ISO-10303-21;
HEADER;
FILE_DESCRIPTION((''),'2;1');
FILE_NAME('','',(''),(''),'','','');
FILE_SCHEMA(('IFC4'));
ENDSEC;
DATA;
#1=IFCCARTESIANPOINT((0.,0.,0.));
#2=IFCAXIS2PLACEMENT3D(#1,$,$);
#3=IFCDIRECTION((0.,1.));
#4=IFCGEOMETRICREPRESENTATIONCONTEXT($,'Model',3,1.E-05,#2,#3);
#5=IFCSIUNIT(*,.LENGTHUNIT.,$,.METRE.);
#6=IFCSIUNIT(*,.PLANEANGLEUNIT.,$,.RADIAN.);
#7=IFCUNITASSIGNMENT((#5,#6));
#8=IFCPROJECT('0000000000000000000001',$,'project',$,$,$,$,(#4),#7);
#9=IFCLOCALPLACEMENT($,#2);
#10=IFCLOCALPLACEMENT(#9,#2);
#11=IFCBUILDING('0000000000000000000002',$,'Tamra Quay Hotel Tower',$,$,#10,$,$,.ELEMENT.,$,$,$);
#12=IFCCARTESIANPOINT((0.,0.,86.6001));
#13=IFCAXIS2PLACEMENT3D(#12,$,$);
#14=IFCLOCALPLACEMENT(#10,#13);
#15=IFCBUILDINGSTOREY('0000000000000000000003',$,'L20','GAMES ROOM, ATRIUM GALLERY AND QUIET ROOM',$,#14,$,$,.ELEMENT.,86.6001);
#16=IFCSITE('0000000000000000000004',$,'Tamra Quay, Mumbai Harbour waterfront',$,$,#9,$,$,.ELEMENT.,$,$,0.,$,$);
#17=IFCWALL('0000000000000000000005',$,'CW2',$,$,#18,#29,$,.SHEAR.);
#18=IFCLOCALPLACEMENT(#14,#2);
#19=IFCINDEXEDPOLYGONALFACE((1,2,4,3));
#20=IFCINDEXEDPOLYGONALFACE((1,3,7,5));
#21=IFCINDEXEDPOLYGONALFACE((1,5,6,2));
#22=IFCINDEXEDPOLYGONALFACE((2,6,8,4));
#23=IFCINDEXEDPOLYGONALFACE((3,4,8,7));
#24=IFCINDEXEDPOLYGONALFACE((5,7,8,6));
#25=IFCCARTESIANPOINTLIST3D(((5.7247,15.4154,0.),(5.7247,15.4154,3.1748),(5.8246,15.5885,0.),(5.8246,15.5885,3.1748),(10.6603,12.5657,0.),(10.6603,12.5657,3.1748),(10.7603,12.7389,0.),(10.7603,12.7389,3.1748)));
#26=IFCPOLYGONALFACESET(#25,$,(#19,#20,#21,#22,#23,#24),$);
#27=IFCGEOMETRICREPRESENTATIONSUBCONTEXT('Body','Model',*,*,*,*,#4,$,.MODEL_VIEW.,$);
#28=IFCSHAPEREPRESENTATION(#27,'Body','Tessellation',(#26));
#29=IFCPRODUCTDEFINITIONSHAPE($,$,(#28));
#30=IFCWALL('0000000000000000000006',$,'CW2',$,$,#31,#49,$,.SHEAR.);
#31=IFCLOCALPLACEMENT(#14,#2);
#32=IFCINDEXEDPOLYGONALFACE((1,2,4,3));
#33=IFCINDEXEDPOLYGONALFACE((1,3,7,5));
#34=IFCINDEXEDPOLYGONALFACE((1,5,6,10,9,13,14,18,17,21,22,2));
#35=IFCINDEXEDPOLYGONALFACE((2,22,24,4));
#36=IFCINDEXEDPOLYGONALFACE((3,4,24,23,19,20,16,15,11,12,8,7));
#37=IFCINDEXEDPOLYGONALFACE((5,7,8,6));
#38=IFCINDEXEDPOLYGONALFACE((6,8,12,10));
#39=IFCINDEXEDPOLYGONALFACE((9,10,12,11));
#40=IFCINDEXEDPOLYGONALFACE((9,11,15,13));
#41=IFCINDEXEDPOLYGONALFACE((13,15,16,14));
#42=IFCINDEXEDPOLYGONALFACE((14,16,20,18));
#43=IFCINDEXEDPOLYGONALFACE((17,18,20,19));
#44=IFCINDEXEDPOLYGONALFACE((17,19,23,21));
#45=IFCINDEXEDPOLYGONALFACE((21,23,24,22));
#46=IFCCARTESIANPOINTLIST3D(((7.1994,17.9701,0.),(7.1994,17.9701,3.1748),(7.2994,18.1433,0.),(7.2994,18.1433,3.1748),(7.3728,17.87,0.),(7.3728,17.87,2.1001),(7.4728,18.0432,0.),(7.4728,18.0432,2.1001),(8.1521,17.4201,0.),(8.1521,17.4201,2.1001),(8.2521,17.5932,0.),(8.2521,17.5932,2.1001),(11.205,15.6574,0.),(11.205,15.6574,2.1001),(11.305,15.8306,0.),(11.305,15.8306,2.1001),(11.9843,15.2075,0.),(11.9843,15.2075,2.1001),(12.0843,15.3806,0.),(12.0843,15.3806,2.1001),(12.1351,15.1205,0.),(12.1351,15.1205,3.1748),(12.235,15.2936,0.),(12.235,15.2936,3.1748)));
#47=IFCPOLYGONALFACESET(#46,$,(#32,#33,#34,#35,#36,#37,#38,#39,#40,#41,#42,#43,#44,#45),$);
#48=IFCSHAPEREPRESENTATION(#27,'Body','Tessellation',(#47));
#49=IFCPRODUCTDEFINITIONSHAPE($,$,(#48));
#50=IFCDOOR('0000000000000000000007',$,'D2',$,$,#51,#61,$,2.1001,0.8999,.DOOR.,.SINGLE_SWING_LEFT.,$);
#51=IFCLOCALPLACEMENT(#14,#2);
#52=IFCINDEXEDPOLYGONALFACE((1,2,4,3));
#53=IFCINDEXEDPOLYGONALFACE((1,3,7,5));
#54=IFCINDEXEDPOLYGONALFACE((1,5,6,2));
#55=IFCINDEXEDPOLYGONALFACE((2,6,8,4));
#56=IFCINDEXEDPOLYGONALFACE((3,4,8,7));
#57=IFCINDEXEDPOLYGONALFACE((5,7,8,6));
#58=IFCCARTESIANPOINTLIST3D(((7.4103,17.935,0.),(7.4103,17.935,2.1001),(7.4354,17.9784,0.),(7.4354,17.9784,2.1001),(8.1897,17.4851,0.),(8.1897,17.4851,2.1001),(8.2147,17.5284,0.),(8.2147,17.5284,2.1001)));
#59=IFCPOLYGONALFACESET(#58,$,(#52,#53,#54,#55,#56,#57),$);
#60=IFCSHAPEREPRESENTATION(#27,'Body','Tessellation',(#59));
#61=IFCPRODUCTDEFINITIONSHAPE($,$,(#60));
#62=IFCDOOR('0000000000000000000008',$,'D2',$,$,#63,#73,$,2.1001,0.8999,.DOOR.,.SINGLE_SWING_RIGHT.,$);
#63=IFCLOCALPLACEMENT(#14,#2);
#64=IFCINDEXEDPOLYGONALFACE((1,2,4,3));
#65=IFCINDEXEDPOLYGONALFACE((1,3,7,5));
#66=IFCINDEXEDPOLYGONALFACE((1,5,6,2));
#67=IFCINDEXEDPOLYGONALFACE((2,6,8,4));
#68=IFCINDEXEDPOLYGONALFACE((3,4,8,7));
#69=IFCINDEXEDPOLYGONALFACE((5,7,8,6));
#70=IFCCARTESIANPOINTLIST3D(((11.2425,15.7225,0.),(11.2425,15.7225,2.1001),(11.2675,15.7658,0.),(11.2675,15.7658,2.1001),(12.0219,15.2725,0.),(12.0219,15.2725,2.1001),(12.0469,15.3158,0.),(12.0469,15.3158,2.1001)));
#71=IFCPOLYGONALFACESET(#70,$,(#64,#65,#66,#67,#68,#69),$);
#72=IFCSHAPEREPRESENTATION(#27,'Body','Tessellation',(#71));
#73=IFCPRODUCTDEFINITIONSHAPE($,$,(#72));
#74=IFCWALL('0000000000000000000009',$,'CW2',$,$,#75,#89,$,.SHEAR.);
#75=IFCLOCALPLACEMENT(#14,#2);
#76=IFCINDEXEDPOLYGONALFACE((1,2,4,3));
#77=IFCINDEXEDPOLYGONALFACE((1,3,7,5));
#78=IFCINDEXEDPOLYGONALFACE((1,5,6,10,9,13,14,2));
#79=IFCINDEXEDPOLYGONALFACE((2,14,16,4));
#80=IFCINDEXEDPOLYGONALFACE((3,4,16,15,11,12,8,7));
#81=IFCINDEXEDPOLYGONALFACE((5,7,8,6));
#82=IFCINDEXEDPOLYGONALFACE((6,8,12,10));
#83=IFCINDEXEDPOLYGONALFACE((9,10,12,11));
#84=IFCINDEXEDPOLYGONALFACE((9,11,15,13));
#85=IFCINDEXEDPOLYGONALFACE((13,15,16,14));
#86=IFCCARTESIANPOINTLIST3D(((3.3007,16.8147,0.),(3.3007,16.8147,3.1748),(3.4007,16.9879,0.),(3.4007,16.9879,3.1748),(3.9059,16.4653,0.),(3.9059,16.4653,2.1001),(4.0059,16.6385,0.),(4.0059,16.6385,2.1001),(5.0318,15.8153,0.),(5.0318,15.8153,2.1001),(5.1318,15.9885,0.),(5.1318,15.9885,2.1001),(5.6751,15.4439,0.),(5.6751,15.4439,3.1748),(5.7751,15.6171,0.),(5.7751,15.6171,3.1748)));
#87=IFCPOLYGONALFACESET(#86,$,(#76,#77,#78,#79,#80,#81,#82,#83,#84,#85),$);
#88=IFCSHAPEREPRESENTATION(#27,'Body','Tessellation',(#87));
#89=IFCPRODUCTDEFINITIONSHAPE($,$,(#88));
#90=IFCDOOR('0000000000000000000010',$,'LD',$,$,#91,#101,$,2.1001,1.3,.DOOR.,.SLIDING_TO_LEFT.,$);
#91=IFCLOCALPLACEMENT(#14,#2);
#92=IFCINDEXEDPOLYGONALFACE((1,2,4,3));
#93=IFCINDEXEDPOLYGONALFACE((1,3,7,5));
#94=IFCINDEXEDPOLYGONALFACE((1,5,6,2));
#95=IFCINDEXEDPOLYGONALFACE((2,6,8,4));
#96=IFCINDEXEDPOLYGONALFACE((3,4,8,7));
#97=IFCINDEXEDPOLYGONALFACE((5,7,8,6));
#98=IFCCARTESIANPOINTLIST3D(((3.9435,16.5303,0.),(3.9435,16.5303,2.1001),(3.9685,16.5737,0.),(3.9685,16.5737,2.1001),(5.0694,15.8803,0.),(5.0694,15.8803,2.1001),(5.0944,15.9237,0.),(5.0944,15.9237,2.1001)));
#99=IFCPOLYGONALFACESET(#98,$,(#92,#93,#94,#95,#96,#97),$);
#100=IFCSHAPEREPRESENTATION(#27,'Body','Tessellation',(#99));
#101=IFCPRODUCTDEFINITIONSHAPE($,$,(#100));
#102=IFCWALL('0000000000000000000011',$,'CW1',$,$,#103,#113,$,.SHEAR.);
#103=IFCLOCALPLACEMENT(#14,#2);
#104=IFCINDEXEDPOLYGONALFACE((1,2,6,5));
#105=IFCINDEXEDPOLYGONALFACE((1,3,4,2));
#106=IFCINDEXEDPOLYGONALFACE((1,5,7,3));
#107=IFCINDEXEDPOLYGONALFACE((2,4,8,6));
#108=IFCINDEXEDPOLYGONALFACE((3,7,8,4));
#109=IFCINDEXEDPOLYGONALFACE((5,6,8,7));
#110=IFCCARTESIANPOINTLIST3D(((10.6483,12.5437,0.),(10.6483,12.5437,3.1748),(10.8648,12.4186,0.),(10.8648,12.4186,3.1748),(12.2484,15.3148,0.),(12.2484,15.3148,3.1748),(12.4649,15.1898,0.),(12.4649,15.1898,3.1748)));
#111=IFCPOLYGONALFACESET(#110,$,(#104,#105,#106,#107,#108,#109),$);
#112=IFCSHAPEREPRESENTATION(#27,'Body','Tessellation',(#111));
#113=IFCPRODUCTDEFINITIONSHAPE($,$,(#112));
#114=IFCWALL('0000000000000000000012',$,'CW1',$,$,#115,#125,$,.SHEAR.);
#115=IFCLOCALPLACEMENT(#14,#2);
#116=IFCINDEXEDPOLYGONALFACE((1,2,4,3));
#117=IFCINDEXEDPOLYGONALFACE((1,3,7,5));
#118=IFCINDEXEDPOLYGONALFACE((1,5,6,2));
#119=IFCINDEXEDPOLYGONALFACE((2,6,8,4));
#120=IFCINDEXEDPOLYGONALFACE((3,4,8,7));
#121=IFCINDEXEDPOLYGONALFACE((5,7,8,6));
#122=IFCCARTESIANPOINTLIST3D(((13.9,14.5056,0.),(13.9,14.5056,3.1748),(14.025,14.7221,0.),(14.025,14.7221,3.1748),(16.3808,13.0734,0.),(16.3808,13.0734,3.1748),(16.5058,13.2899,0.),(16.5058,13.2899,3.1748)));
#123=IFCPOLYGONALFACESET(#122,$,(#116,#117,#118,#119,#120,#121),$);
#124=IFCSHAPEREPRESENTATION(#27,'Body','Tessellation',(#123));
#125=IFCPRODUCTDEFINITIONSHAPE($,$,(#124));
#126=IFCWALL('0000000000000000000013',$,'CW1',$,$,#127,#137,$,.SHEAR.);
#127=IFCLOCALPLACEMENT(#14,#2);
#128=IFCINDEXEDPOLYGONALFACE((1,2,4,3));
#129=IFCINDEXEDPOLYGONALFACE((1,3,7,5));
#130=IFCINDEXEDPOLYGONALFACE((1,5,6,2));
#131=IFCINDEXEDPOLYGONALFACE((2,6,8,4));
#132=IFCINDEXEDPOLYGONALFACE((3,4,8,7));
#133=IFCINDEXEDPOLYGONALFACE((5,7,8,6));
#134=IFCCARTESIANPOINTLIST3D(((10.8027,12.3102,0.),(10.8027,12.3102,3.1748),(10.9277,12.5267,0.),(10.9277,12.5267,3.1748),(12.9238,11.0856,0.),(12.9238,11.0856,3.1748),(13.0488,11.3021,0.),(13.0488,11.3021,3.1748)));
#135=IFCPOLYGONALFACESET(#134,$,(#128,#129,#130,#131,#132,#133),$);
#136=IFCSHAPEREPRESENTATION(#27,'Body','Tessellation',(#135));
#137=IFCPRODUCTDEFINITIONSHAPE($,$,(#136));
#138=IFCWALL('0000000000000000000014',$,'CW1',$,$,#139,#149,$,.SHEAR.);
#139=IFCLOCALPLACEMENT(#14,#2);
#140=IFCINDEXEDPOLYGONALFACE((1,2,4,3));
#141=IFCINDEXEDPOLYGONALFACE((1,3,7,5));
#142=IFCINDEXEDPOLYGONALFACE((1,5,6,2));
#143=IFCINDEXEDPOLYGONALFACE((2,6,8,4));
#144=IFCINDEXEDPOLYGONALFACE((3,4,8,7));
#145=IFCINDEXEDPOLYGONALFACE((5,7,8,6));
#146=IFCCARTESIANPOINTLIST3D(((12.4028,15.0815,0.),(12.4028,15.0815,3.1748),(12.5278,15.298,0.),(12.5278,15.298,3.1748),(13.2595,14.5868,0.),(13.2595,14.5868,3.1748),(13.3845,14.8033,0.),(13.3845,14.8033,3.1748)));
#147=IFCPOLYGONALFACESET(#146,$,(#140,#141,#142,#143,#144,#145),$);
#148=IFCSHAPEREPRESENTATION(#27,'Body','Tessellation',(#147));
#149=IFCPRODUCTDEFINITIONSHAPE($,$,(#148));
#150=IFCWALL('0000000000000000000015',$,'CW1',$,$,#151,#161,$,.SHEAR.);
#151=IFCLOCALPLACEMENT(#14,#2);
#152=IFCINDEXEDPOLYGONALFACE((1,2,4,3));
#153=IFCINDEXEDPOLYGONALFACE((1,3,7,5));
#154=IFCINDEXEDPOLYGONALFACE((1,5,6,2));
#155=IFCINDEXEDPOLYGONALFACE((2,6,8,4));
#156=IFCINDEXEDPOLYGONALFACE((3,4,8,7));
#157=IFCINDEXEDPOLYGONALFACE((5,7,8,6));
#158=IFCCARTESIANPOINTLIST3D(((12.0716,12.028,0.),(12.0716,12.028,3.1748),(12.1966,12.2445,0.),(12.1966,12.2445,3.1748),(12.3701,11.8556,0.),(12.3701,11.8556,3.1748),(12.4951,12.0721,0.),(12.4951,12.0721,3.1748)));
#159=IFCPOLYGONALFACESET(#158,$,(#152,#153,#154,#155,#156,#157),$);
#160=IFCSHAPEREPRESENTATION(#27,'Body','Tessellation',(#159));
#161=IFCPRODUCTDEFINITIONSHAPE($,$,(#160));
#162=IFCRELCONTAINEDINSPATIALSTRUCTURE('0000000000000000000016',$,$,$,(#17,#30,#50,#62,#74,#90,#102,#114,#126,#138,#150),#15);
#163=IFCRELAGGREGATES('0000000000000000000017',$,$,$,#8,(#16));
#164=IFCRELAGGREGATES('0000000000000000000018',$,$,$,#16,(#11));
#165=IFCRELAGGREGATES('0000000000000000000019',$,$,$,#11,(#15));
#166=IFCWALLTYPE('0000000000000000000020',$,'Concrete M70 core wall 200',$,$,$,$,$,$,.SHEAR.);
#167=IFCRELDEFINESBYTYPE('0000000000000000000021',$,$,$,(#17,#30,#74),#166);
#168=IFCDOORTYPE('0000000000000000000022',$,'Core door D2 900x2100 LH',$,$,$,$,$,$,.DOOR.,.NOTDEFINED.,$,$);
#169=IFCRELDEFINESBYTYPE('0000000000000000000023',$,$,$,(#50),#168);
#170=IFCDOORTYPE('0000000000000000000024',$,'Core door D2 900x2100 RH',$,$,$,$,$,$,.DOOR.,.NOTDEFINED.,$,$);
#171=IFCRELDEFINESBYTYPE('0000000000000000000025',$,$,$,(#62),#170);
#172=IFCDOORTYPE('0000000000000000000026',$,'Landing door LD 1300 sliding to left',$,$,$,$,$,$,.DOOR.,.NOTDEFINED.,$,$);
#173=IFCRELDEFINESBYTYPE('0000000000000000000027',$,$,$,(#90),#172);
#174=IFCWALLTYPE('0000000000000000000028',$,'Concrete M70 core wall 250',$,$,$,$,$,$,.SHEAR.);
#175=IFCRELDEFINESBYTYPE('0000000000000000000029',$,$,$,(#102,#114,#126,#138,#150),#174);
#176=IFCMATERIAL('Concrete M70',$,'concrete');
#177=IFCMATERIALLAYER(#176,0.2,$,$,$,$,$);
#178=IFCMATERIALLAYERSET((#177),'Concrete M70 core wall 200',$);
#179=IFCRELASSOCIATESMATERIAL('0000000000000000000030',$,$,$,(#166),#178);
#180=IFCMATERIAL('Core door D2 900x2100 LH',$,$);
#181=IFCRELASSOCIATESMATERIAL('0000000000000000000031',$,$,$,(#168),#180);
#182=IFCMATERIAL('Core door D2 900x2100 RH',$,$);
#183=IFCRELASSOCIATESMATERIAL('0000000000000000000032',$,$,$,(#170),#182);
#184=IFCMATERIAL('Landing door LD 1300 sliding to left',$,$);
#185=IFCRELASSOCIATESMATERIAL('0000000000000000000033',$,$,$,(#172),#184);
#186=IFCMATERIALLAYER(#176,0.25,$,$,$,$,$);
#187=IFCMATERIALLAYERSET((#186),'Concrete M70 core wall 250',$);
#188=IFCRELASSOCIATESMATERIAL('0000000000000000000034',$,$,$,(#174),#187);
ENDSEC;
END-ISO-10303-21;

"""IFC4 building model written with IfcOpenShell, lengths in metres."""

from ifc_helpers import new_model, si_unit, direction, frame, frame_2d, origin, place, context, subcontext, project, spatial, rectangle, extrude, material, layer, layer_set, type_object, element, fill, save


model = new_model("IFC4")

# Units and contexts
model_context = context("Model", 3, precision=1e-05, world=origin(), true_north=direction((0.0, 1.0)))
body_context = subcontext(model_context, "Body", "Model", "MODEL_VIEW")
ifc_project = project(units=[si_unit("LENGTHUNIT", "METRE"), si_unit("PLANEANGLEUNIT", "RADIAN")], contexts=[model_context])

# Site, building, storey
site_placement = place(None, origin())
site = spatial("IfcSite", under=ifc_project, at=site_placement, Name="Tamra Quay, Mumbai Harbour waterfront", CompositionType="ELEMENT", RefElevation=0.0)
building_placement = place(site_placement, origin())
building = spatial("IfcBuilding", under=site, at=building_placement, Name="Tamra Quay Hotel Tower", CompositionType="ELEMENT")
storey_placement = place(building_placement, frame((0.0, 0.0, 86.6001)))
storey = spatial("IfcBuildingStorey", under=building, at=storey_placement, Name="L20", Description="GAMES ROOM, ATRIUM GALLERY AND QUIET ROOM", CompositionType="ELEMENT", Elevation=86.6001)

# Wall
ifc_material_1 = material(Name="Concrete M70", Category="concrete")
ifc_layer_1 = layer(ifc_material_1, 0.2)
ifc_layer_set_1 = layer_set([ifc_layer_1], Name="Concrete M70 core wall 200")
wall_type_1 = type_object("IfcWallType", Name="Concrete M70 core wall 200", PredefinedType="SHEAR", material=ifc_layer_set_1)
wall_1_placement = place(storey_placement, frame((5.7747, 15.502, 0.0), z_axis=(0.0, 0.0, 1.0), x_axis=(0.86602, -0.500009, 0.0)))
element("IfcWall", 1, at=wall_1_placement, inside=storey, type_object=wall_type_1, Name="CW2", PredefinedType="SHEAR", context=body_context, shape_type="SweptSolid", body=[
    extrude(rectangle(XDim=5.6992, YDim=0.2, at=frame_2d((2.8496, 0.0))), origin(), (0.0, 0.0, 1.0), 3.1748),
])

# Wall, openings, doors
wall_2_placement = place(storey_placement, frame((12.1851, 15.207, 0.0), z_axis=(0.0, 0.0, 1.0), x_axis=(-0.86602, 0.500009, 0.0)))
wall_2 = element("IfcWall", 2, at=wall_2_placement, inside=storey, type_object=wall_type_1, Name="CW2", PredefinedType="SHEAR", context=body_context, shape_type="SweptSolid", body=[
    extrude(rectangle(XDim=5.6992, YDim=0.2, at=frame_2d((2.8496, 0.0))), origin(), (0.0, 0.0, 1.0), 3.1748),
])
opening_1_placement = place(wall_2_placement, frame((0.1741, 0.0, 0.0)))
opening_1 = element("IfcOpeningElement", 3, at=opening_1_placement, cuts=wall_2, PredefinedType="OPENING", context=body_context, shape_type="SweptSolid", body=[
    extrude(rectangle(XDim=0.8999, YDim=2.1001, at=frame_2d((0.45, 1.05))), frame((0.0, 0.1099, 0.0), z_axis=(0.0, -1.0, 0.0), x_axis=(1.0, 0.0, 0.0)), (0.0, 0.0, 1.0), 0.22),
])
opening_2_placement = place(wall_2_placement, frame((4.5991, 0.0, 0.0)))
opening_2 = element("IfcOpeningElement", 4, at=opening_2_placement, cuts=wall_2, PredefinedType="OPENING", context=body_context, shape_type="SweptSolid", body=[
    extrude(rectangle(XDim=0.8999, YDim=2.1001, at=frame_2d((0.45, 1.05))), frame((0.0, 0.1099, 0.0), z_axis=(0.0, -1.0, 0.0), x_axis=(1.0, 0.0, 0.0)), (0.0, 0.0, 1.0), 0.22),
])
ifc_material_2 = material(Name="Core door D2 900x2100 LH")
door_type_1 = type_object("IfcDoorType", Name="Core door D2 900x2100 LH", OperationType="NOTDEFINED", PredefinedType="DOOR", material=ifc_material_2)
door_1_placement = place(opening_2_placement, origin())
door_1 = element("IfcDoor", 5, at=door_1_placement, inside=storey, type_object=door_type_1, Name="D2", OperationType="SINGLE_SWING_LEFT", OverallHeight=2.1001, OverallWidth=0.8999, PredefinedType="DOOR", context=body_context, shape_type="SweptSolid", body=[
    extrude(rectangle(XDim=0.8999, YDim=2.1001, at=frame_2d((0.45, 1.05))), frame((0.0, 0.0249, 0.0), z_axis=(0.0, -1.0, 0.0), x_axis=(1.0, 0.0, 0.0)), (0.0, 0.0, 1.0), 0.05),
])
fill(opening_2, door_1)
ifc_material_3 = material(Name="Core door D2 900x2100 RH")
door_type_2 = type_object("IfcDoorType", Name="Core door D2 900x2100 RH", OperationType="NOTDEFINED", PredefinedType="DOOR", material=ifc_material_3)
door_2_placement = place(opening_1_placement, origin())
door_2 = element("IfcDoor", 6, at=door_2_placement, inside=storey, type_object=door_type_2, Name="D2", OperationType="SINGLE_SWING_RIGHT", OverallHeight=2.1001, OverallWidth=0.8999, PredefinedType="DOOR", context=body_context, shape_type="SweptSolid", body=[
    extrude(rectangle(XDim=0.8999, YDim=2.1001, at=frame_2d((0.45, 1.05))), frame((0.0, 0.0249, 0.0), z_axis=(0.0, -1.0, 0.0), x_axis=(1.0, 0.0, 0.0)), (0.0, 0.0, 1.0), 0.05),
])
fill(opening_1, door_2)

# Wall, opening, door
wall_3_placement = place(storey_placement, frame((5.7251, 15.5305, 0.0), z_axis=(0.0, 0.0, 1.0), x_axis=(-0.866037, 0.499979, 0.0)))
wall_3 = element("IfcWall", 7, at=wall_3_placement, inside=storey, type_object=wall_type_1, Name="CW2", PredefinedType="SHEAR", context=body_context, shape_type="SweptSolid", body=[
    extrude(rectangle(XDim=2.7417, YDim=0.2, at=frame_2d((1.3708, 0.0))), origin(), (0.0, 0.0, 1.0), 3.1748),
])
opening_3_placement = place(wall_3_placement, frame((0.7429, 0.0, 0.0)))
opening_3 = element("IfcOpeningElement", 8, at=opening_3_placement, cuts=wall_3, PredefinedType="OPENING", context=body_context, shape_type="SweptSolid", body=[
    extrude(rectangle(XDim=1.3, YDim=2.1001, at=frame_2d((0.6499, 1.05))), frame((0.0, 0.1099, 0.0), z_axis=(0.0, -1.0, 0.0), x_axis=(1.0, 0.0, 0.0)), (0.0, 0.0, 1.0), 0.22),
])
ifc_material_4 = material(Name="Landing door LD 1300 sliding to left")
door_type_3 = type_object("IfcDoorType", Name="Landing door LD 1300 sliding to left", OperationType="NOTDEFINED", PredefinedType="DOOR", material=ifc_material_4)
door_3_placement = place(opening_3_placement, origin())
door_3 = element("IfcDoor", 9, at=door_3_placement, inside=storey, type_object=door_type_3, Name="LD", OperationType="SLIDING_TO_LEFT", OverallHeight=2.1001, OverallWidth=1.3, PredefinedType="DOOR", context=body_context, shape_type="SweptSolid", body=[
    extrude(rectangle(XDim=1.3, YDim=2.1001, at=frame_2d((0.6499, 1.05))), frame((0.0, 0.0249, 0.0), z_axis=(0.0, -1.0, 0.0), x_axis=(1.0, 0.0, 0.0)), (0.0, 0.0, 1.0), 0.05),
])
fill(opening_3, door_3)

# Walls
ifc_layer_2 = layer(ifc_material_1, 0.25)
ifc_layer_set_2 = layer_set([ifc_layer_2], Name="Concrete M70 core wall 250")
wall_type_2 = type_object("IfcWallType", Name="Concrete M70 core wall 250", PredefinedType="SHEAR", material=ifc_layer_set_2)
wall_4_placement = place(storey_placement, frame((12.3567, 15.2524, 0.0), z_axis=(0.0, 0.0, 1.0), x_axis=(-0.500028, -0.866009, 0.0)))
element("IfcWall", 10, at=wall_4_placement, inside=storey, type_object=wall_type_2, Name="CW1", PredefinedType="SHEAR", context=body_context, shape_type="SweptSolid", body=[
    extrude(rectangle(XDim=3.2, YDim=0.25, at=frame_2d((1.6001, 0.0))), origin(), (0.0, 0.0, 1.0), 3.1748),
])
wall_5_placement = place(storey_placement, frame((13.9626, 14.6138, 0.0), z_axis=(0.0, 0.0, 1.0), x_axis=(0.866042, -0.499971, 0.0)))
element("IfcWall", 11, at=wall_5_placement, inside=storey, type_object=wall_type_2, Name="CW1", PredefinedType="SHEAR", context=body_context, shape_type="SweptSolid", body=[
    extrude(rectangle(XDim=2.8645, YDim=0.25, at=frame_2d((1.4321, 0.0))), origin(), (0.0, 0.0, 1.0), 3.1748),
])
wall_6_placement = place(storey_placement, frame((10.8652, 12.4185, 0.0), z_axis=(0.0, 0.0, 1.0), x_axis=(0.866026, -0.499999, 0.0)))
element("IfcWall", 12, at=wall_6_placement, inside=storey, type_object=wall_type_2, Name="CW1", PredefinedType="SHEAR", context=body_context, shape_type="SweptSolid", body=[
    extrude(rectangle(XDim=2.4492, YDim=0.25, at=frame_2d((1.2246, 0.0))), origin(), (0.0, 0.0, 1.0), 3.1748),
])
wall_7_placement = place(storey_placement, frame((13.322, 14.6951, 0.0), z_axis=(0.0, 0.0, 1.0), x_axis=(-0.866017, 0.500014, 0.0)))
element("IfcWall", 13, at=wall_7_placement, inside=storey, type_object=wall_type_2, Name="CW1", PredefinedType="SHEAR", context=body_context, shape_type="SweptSolid", body=[
    extrude(rectangle(XDim=0.9893, YDim=0.25, at=frame_2d((0.4946, 0.0))), origin(), (0.0, 0.0, 1.0), 3.1748),
])
wall_8_placement = place(storey_placement, frame((12.4326, 11.9639, 0.0), z_axis=(0.0, 0.0, 1.0), x_axis=(-0.866056, 0.499947, 0.0)))
element("IfcWall", 14, at=wall_8_placement, inside=storey, type_object=wall_type_2, Name="CW1", PredefinedType="SHEAR", context=body_context, shape_type="SweptSolid", body=[
    extrude(rectangle(XDim=0.3447, YDim=0.25, at=frame_2d((0.1724, 0.0))), origin(), (0.0, 0.0, 1.0), 3.1748),
])

save(model, "model.ifc")
